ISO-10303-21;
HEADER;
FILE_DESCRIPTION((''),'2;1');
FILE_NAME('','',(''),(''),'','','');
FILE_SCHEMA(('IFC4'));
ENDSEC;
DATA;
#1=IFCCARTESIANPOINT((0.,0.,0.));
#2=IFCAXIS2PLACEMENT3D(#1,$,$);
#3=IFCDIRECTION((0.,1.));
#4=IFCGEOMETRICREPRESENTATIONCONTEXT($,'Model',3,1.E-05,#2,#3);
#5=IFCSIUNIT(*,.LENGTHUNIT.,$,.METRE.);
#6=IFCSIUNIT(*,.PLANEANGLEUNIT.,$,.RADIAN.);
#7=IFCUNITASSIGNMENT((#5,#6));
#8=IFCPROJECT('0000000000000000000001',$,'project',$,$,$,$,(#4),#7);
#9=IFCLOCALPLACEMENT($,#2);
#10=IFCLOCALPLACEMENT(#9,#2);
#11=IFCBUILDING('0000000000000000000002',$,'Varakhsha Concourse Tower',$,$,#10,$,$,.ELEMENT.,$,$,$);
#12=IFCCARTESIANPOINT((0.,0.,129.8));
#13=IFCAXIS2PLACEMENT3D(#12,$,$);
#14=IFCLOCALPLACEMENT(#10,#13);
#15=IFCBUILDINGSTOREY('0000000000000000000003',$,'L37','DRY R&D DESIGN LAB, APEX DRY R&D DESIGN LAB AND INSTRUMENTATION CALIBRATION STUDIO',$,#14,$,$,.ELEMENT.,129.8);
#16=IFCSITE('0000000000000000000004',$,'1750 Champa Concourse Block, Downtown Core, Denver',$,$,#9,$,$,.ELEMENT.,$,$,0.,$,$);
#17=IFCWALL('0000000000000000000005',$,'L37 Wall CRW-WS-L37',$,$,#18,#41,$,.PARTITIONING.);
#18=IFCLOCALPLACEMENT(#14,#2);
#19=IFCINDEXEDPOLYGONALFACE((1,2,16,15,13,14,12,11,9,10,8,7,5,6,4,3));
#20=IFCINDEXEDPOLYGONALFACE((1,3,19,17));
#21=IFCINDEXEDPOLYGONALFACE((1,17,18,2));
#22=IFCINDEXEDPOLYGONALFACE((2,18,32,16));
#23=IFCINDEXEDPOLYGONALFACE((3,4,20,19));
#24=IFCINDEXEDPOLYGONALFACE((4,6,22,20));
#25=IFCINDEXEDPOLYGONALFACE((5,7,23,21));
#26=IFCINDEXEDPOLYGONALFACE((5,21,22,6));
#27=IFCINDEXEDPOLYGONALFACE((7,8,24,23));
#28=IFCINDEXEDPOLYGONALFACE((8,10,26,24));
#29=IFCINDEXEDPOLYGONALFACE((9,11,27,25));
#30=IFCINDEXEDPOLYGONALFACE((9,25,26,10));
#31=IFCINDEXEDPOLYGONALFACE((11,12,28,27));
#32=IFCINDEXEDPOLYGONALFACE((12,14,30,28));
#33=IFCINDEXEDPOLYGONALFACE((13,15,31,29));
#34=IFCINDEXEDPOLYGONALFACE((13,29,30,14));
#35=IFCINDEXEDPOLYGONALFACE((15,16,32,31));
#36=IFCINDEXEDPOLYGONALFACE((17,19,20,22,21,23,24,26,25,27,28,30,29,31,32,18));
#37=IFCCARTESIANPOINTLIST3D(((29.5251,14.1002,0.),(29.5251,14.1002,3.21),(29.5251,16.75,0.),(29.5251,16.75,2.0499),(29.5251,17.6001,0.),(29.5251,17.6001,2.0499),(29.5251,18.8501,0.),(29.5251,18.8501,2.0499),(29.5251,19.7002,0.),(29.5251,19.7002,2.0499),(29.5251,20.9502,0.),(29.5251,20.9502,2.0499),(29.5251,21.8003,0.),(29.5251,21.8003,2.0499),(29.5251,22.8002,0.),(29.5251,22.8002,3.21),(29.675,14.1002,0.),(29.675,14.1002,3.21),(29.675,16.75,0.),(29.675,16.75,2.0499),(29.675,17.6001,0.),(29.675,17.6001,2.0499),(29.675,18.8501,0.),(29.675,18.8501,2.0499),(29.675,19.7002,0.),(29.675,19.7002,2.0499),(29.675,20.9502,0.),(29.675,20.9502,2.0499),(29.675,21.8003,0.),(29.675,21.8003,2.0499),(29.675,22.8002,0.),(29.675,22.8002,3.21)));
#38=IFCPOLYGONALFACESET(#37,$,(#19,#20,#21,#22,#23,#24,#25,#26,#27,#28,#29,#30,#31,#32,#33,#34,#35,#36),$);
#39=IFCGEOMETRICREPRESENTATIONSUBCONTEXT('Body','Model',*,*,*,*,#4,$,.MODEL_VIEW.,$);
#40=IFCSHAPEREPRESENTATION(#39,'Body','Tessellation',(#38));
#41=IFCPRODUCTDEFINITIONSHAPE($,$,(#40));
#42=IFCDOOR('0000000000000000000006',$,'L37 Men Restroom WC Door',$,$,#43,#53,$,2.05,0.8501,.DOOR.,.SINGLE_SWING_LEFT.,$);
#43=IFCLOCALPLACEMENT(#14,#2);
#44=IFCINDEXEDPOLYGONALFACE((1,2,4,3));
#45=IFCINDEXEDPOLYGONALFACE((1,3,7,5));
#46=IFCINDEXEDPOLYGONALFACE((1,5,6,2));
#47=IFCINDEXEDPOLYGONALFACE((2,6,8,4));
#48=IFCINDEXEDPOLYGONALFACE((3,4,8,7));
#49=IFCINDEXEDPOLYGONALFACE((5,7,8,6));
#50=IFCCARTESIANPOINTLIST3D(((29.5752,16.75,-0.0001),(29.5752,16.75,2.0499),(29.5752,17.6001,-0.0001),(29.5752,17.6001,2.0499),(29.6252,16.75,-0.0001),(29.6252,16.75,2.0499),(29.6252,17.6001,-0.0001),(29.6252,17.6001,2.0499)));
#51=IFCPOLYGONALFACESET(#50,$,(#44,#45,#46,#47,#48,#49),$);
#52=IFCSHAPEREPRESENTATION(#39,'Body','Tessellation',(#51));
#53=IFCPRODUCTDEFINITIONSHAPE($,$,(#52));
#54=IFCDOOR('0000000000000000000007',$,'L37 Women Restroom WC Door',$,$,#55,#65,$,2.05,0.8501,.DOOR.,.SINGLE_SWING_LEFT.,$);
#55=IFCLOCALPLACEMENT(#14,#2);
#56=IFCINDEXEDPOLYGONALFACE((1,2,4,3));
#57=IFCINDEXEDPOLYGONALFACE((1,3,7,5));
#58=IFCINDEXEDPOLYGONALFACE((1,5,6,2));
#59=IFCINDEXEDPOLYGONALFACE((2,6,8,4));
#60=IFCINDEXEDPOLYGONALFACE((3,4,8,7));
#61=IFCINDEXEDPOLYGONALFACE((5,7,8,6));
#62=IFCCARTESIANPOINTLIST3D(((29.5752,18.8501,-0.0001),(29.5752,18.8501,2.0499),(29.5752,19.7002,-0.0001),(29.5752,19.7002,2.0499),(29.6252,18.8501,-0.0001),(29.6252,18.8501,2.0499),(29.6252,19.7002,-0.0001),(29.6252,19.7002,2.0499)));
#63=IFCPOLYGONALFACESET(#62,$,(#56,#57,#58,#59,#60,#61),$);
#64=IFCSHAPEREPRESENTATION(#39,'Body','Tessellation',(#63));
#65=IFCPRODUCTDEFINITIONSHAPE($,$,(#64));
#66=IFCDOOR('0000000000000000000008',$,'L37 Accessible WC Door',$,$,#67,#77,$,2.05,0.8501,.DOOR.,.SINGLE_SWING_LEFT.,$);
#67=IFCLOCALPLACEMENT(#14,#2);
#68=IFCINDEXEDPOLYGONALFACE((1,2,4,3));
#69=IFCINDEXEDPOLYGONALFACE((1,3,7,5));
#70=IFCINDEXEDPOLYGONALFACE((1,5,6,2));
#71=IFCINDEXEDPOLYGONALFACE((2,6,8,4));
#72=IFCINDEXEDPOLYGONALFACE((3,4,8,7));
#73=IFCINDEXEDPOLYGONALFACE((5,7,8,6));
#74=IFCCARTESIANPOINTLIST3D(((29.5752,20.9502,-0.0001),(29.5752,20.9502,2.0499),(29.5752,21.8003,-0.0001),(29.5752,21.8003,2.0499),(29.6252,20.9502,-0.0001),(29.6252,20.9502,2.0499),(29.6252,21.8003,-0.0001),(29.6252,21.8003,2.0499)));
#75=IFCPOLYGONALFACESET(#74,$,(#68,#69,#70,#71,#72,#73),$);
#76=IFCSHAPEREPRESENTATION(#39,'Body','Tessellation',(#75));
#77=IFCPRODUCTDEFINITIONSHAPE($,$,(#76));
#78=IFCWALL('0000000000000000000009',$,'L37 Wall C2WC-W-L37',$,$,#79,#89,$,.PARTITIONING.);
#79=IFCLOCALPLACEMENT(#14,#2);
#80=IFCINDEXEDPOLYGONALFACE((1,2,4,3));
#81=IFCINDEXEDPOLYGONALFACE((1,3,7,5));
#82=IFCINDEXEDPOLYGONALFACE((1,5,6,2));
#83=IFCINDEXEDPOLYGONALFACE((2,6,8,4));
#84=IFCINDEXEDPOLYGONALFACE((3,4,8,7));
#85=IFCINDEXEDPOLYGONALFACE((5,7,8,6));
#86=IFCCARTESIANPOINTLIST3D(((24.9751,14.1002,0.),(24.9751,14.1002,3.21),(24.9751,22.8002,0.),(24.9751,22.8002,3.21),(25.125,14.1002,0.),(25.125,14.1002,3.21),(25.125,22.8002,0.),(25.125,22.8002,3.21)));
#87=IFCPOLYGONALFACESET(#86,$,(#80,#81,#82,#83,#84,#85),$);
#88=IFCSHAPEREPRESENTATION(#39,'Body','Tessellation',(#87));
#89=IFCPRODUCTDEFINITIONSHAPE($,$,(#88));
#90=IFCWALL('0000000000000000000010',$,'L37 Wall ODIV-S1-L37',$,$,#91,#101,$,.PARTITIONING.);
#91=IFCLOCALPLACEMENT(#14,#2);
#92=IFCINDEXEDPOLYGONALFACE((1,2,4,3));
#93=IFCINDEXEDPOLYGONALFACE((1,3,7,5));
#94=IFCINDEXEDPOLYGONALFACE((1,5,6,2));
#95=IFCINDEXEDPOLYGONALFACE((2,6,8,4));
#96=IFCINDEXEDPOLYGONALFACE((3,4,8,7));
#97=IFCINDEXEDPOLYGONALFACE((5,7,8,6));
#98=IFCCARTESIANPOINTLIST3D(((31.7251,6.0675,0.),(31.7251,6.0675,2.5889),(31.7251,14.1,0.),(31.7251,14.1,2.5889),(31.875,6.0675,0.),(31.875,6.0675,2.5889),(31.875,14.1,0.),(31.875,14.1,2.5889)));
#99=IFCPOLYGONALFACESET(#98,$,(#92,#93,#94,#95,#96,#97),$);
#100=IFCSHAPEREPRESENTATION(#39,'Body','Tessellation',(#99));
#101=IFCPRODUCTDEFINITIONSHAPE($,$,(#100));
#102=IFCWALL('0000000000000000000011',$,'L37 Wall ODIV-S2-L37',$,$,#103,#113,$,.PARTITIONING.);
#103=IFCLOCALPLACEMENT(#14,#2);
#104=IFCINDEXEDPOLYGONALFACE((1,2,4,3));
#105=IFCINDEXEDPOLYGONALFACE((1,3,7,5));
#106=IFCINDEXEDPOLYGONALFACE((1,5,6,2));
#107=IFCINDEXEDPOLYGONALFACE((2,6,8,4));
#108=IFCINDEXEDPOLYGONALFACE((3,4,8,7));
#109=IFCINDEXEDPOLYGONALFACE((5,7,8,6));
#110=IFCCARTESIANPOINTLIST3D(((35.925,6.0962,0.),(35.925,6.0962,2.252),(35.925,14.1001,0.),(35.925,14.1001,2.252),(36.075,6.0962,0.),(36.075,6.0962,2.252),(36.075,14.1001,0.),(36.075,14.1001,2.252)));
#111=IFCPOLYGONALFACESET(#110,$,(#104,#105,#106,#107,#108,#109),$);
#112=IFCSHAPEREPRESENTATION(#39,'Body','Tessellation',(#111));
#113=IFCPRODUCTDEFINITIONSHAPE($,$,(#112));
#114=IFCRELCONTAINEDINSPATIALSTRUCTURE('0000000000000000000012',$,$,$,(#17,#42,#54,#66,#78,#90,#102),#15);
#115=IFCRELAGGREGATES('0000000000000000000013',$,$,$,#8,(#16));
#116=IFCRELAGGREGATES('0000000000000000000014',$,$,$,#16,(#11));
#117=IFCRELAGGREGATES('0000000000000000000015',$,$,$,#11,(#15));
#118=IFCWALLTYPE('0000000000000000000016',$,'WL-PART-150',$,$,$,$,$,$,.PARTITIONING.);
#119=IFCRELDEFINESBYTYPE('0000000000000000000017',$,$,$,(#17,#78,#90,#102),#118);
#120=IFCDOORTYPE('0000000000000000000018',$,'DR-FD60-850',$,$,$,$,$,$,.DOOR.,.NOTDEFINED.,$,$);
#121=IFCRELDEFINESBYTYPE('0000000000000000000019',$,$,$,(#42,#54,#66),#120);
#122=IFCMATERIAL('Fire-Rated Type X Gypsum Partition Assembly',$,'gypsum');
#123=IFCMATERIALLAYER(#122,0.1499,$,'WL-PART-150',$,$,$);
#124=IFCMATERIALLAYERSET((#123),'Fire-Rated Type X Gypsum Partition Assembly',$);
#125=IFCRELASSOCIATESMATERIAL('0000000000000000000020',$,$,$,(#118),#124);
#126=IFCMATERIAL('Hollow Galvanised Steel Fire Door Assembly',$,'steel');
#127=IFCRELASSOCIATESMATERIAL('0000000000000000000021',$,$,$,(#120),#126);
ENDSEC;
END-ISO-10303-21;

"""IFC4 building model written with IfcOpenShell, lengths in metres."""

from ifc_helpers import new_model, si_unit, direction, frame, frame_2d, origin, place, context, subcontext, project, spatial, rectangle, extrude, material, layer, layer_set, type_object, element, fill, save


model = new_model("IFC4")

# Units and contexts
model_context = context("Model", 3, precision=1e-05, world=origin(), true_north=direction((0.0, 1.0)))
body_context = subcontext(model_context, "Body", "Model", "MODEL_VIEW")
ifc_project = project(units=[si_unit("LENGTHUNIT", "METRE"), si_unit("PLANEANGLEUNIT", "RADIAN")], contexts=[model_context])

# Site, building, storey
site_placement = place(None, origin())
site = spatial("IfcSite", under=ifc_project, at=site_placement, Name="1750 Champa Concourse Block, Downtown Core, Denver", CompositionType="ELEMENT", RefElevation=0.0)
building_placement = place(site_placement, origin())
building = spatial("IfcBuilding", under=site, at=building_placement, Name="Varakhsha Concourse Tower", CompositionType="ELEMENT")
storey_placement = place(building_placement, frame((0.0, 0.0, 129.8)))
storey = spatial("IfcBuildingStorey", under=building, at=storey_placement, Name="L37", Description="DRY R&D DESIGN LAB, APEX DRY R&D DESIGN LAB AND INSTRUMENTATION CALIBRATION STUDIO", CompositionType="ELEMENT", Elevation=129.8)

# Wall, openings, doors
ifc_material_1 = material(Name="Fire-Rated Type X Gypsum Partition Assembly", Category="gypsum")
ifc_layer_1 = layer(ifc_material_1, 0.1499, Name="WL-PART-150")
ifc_layer_set_1 = layer_set([ifc_layer_1], Name="Fire-Rated Type X Gypsum Partition Assembly")
wall_type = type_object("IfcWallType", Name="WL-PART-150", PredefinedType="PARTITIONING", material=ifc_layer_set_1)
ifc_material_2 = material(Name="Hollow Galvanised Steel Fire Door Assembly", Category="steel")
wall_1_placement = place(storey_placement, frame((29.6001, 14.1001, 0.0), z_axis=(0.0, 0.0, 1.0), x_axis=(0.0, 1.0, 0.0)))
wall_1 = element("IfcWall", 1, at=wall_1_placement, inside=storey, type_object=wall_type, Name="L37 Wall CRW-WS-L37", PredefinedType="PARTITIONING", context=body_context, shape_type="SweptSolid", body=[
    extrude(rectangle(XDim=8.7, YDim=0.1499, at=frame_2d((4.3501, 0.0))), origin(), (0.0, 0.0, 1.0), 3.21),
])
opening_1_placement = place(wall_1_placement, frame((2.6499, 0.0, 0.0)))
opening_1 = element("IfcOpeningElement", 2, at=opening_1_placement, cuts=wall_1, PredefinedType="OPENING", context=body_context, shape_type="SweptSolid", body=[
    extrude(rectangle(XDim=0.8501, YDim=2.05, at=frame_2d((0.425, 1.0249))), frame((0.0, 0.085, 0.0), z_axis=(0.0, -1.0, 0.0), x_axis=(1.0, 0.0, 0.0)), (0.0, 0.0, 1.0), 0.1699),
])
opening_2_placement = place(wall_1_placement, frame((4.75, 0.0, 0.0)))
opening_2 = element("IfcOpeningElement", 3, at=opening_2_placement, cuts=wall_1, PredefinedType="OPENING", context=body_context, shape_type="SweptSolid", body=[
    extrude(rectangle(XDim=0.8501, YDim=2.05, at=frame_2d((0.425, 1.0249))), frame((0.0, 0.085, 0.0), z_axis=(0.0, -1.0, 0.0), x_axis=(1.0, 0.0, 0.0)), (0.0, 0.0, 1.0), 0.1699),
])
opening_3_placement = place(wall_1_placement, frame((6.8501, 0.0, 0.0)))
opening_3 = element("IfcOpeningElement", 4, at=opening_3_placement, cuts=wall_1, PredefinedType="OPENING", context=body_context, shape_type="SweptSolid", body=[
    extrude(rectangle(XDim=0.8501, YDim=2.05, at=frame_2d((0.425, 1.0249))), frame((0.0, 0.085, 0.0), z_axis=(0.0, -1.0, 0.0), x_axis=(1.0, 0.0, 0.0)), (0.0, 0.0, 1.0), 0.1699),
])
door_type_1 = type_object("IfcDoorType", Name="DR-FD60-850", OperationType="NOTDEFINED", PredefinedType="DOOR", material=ifc_material_2)
door_1_placement = place(opening_1_placement, origin())
door_1 = element("IfcDoor", 5, at=door_1_placement, inside=storey, type_object=door_type_1, Name="L37 Men Restroom WC Door", OperationType="SINGLE_SWING_LEFT", OverallHeight=2.05, OverallWidth=0.8501, PredefinedType="DOOR", context=body_context, shape_type="SweptSolid", body=[
    extrude(rectangle(XDim=0.8501, YDim=2.05, at=frame_2d((0.425, 1.0249))), frame((0.0, 0.0249, 0.0), z_axis=(0.0, -1.0, 0.0), x_axis=(1.0, 0.0, 0.0)), (0.0, 0.0, 1.0), 0.05),
])
fill(opening_1, door_1)
door_2_placement = place(opening_2_placement, origin())
door_2 = element("IfcDoor", 6, at=door_2_placement, inside=storey, type_object=door_type_1, Name="L37 Women Restroom WC Door", OperationType="SINGLE_SWING_LEFT", OverallHeight=2.05, OverallWidth=0.8501, PredefinedType="DOOR", context=body_context, shape_type="SweptSolid", body=[
    extrude(rectangle(XDim=0.8501, YDim=2.05, at=frame_2d((0.425, 1.0249))), frame((0.0, 0.0249, 0.0), z_axis=(0.0, -1.0, 0.0), x_axis=(1.0, 0.0, 0.0)), (0.0, 0.0, 1.0), 0.05),
])
fill(opening_2, door_2)
door_3_placement = place(opening_3_placement, origin())
door_3 = element("IfcDoor", 7, at=door_3_placement, inside=storey, type_object=door_type_1, Name="L37 Accessible WC Door", OperationType="SINGLE_SWING_LEFT", OverallHeight=2.05, OverallWidth=0.8501, PredefinedType="DOOR", context=body_context, shape_type="SweptSolid", body=[
    extrude(rectangle(XDim=0.8501, YDim=2.05, at=frame_2d((0.425, 1.0249))), frame((0.0, 0.0249, 0.0), z_axis=(0.0, -1.0, 0.0), x_axis=(1.0, 0.0, 0.0)), (0.0, 0.0, 1.0), 0.05),
])
fill(opening_3, door_3)

# Walls
wall_2_placement = place(storey_placement, frame((25.05, 14.1001, 0.0), z_axis=(0.0, 0.0, 1.0), x_axis=(0.0, 1.0, 0.0)))
element("IfcWall", 8, at=wall_2_placement, inside=storey, type_object=wall_type, Name="L37 Wall C2WC-W-L37", PredefinedType="PARTITIONING", context=body_context, shape_type="SweptSolid", body=[
    extrude(rectangle(XDim=8.7, YDim=0.1499, at=frame_2d((4.3501, 0.0))), origin(), (0.0, 0.0, 1.0), 3.21),
])
wall_3_placement = place(storey_placement, frame((31.8, 6.0676, 0.0), z_axis=(0.0, 0.0, 1.0), x_axis=(0.0, 1.0, 0.0)))
element("IfcWall", 9, at=wall_3_placement, inside=storey, type_object=wall_type, Name="L37 Wall ODIV-S1-L37", PredefinedType="PARTITIONING", context=body_context, shape_type="SweptSolid", body=[
    extrude(rectangle(XDim=8.0325, YDim=0.1499, at=frame_2d((4.0161, 0.0))), origin(), (0.0, 0.0, 1.0), 2.5889),
])
wall_4_placement = place(storey_placement, frame((36.0, 6.0962, 0.0), z_axis=(0.0, 0.0, 1.0), x_axis=(0.0, 1.0, 0.0)))
element("IfcWall", 10, at=wall_4_placement, inside=storey, type_object=wall_type, Name="L37 Wall ODIV-S2-L37", PredefinedType="PARTITIONING", context=body_context, shape_type="SweptSolid", body=[
    extrude(rectangle(XDim=8.0039, YDim=0.1499, at=frame_2d((4.002, 0.0))), origin(), (0.0, 0.0, 1.0), 2.252),
])

save(model, "model.ifc")
